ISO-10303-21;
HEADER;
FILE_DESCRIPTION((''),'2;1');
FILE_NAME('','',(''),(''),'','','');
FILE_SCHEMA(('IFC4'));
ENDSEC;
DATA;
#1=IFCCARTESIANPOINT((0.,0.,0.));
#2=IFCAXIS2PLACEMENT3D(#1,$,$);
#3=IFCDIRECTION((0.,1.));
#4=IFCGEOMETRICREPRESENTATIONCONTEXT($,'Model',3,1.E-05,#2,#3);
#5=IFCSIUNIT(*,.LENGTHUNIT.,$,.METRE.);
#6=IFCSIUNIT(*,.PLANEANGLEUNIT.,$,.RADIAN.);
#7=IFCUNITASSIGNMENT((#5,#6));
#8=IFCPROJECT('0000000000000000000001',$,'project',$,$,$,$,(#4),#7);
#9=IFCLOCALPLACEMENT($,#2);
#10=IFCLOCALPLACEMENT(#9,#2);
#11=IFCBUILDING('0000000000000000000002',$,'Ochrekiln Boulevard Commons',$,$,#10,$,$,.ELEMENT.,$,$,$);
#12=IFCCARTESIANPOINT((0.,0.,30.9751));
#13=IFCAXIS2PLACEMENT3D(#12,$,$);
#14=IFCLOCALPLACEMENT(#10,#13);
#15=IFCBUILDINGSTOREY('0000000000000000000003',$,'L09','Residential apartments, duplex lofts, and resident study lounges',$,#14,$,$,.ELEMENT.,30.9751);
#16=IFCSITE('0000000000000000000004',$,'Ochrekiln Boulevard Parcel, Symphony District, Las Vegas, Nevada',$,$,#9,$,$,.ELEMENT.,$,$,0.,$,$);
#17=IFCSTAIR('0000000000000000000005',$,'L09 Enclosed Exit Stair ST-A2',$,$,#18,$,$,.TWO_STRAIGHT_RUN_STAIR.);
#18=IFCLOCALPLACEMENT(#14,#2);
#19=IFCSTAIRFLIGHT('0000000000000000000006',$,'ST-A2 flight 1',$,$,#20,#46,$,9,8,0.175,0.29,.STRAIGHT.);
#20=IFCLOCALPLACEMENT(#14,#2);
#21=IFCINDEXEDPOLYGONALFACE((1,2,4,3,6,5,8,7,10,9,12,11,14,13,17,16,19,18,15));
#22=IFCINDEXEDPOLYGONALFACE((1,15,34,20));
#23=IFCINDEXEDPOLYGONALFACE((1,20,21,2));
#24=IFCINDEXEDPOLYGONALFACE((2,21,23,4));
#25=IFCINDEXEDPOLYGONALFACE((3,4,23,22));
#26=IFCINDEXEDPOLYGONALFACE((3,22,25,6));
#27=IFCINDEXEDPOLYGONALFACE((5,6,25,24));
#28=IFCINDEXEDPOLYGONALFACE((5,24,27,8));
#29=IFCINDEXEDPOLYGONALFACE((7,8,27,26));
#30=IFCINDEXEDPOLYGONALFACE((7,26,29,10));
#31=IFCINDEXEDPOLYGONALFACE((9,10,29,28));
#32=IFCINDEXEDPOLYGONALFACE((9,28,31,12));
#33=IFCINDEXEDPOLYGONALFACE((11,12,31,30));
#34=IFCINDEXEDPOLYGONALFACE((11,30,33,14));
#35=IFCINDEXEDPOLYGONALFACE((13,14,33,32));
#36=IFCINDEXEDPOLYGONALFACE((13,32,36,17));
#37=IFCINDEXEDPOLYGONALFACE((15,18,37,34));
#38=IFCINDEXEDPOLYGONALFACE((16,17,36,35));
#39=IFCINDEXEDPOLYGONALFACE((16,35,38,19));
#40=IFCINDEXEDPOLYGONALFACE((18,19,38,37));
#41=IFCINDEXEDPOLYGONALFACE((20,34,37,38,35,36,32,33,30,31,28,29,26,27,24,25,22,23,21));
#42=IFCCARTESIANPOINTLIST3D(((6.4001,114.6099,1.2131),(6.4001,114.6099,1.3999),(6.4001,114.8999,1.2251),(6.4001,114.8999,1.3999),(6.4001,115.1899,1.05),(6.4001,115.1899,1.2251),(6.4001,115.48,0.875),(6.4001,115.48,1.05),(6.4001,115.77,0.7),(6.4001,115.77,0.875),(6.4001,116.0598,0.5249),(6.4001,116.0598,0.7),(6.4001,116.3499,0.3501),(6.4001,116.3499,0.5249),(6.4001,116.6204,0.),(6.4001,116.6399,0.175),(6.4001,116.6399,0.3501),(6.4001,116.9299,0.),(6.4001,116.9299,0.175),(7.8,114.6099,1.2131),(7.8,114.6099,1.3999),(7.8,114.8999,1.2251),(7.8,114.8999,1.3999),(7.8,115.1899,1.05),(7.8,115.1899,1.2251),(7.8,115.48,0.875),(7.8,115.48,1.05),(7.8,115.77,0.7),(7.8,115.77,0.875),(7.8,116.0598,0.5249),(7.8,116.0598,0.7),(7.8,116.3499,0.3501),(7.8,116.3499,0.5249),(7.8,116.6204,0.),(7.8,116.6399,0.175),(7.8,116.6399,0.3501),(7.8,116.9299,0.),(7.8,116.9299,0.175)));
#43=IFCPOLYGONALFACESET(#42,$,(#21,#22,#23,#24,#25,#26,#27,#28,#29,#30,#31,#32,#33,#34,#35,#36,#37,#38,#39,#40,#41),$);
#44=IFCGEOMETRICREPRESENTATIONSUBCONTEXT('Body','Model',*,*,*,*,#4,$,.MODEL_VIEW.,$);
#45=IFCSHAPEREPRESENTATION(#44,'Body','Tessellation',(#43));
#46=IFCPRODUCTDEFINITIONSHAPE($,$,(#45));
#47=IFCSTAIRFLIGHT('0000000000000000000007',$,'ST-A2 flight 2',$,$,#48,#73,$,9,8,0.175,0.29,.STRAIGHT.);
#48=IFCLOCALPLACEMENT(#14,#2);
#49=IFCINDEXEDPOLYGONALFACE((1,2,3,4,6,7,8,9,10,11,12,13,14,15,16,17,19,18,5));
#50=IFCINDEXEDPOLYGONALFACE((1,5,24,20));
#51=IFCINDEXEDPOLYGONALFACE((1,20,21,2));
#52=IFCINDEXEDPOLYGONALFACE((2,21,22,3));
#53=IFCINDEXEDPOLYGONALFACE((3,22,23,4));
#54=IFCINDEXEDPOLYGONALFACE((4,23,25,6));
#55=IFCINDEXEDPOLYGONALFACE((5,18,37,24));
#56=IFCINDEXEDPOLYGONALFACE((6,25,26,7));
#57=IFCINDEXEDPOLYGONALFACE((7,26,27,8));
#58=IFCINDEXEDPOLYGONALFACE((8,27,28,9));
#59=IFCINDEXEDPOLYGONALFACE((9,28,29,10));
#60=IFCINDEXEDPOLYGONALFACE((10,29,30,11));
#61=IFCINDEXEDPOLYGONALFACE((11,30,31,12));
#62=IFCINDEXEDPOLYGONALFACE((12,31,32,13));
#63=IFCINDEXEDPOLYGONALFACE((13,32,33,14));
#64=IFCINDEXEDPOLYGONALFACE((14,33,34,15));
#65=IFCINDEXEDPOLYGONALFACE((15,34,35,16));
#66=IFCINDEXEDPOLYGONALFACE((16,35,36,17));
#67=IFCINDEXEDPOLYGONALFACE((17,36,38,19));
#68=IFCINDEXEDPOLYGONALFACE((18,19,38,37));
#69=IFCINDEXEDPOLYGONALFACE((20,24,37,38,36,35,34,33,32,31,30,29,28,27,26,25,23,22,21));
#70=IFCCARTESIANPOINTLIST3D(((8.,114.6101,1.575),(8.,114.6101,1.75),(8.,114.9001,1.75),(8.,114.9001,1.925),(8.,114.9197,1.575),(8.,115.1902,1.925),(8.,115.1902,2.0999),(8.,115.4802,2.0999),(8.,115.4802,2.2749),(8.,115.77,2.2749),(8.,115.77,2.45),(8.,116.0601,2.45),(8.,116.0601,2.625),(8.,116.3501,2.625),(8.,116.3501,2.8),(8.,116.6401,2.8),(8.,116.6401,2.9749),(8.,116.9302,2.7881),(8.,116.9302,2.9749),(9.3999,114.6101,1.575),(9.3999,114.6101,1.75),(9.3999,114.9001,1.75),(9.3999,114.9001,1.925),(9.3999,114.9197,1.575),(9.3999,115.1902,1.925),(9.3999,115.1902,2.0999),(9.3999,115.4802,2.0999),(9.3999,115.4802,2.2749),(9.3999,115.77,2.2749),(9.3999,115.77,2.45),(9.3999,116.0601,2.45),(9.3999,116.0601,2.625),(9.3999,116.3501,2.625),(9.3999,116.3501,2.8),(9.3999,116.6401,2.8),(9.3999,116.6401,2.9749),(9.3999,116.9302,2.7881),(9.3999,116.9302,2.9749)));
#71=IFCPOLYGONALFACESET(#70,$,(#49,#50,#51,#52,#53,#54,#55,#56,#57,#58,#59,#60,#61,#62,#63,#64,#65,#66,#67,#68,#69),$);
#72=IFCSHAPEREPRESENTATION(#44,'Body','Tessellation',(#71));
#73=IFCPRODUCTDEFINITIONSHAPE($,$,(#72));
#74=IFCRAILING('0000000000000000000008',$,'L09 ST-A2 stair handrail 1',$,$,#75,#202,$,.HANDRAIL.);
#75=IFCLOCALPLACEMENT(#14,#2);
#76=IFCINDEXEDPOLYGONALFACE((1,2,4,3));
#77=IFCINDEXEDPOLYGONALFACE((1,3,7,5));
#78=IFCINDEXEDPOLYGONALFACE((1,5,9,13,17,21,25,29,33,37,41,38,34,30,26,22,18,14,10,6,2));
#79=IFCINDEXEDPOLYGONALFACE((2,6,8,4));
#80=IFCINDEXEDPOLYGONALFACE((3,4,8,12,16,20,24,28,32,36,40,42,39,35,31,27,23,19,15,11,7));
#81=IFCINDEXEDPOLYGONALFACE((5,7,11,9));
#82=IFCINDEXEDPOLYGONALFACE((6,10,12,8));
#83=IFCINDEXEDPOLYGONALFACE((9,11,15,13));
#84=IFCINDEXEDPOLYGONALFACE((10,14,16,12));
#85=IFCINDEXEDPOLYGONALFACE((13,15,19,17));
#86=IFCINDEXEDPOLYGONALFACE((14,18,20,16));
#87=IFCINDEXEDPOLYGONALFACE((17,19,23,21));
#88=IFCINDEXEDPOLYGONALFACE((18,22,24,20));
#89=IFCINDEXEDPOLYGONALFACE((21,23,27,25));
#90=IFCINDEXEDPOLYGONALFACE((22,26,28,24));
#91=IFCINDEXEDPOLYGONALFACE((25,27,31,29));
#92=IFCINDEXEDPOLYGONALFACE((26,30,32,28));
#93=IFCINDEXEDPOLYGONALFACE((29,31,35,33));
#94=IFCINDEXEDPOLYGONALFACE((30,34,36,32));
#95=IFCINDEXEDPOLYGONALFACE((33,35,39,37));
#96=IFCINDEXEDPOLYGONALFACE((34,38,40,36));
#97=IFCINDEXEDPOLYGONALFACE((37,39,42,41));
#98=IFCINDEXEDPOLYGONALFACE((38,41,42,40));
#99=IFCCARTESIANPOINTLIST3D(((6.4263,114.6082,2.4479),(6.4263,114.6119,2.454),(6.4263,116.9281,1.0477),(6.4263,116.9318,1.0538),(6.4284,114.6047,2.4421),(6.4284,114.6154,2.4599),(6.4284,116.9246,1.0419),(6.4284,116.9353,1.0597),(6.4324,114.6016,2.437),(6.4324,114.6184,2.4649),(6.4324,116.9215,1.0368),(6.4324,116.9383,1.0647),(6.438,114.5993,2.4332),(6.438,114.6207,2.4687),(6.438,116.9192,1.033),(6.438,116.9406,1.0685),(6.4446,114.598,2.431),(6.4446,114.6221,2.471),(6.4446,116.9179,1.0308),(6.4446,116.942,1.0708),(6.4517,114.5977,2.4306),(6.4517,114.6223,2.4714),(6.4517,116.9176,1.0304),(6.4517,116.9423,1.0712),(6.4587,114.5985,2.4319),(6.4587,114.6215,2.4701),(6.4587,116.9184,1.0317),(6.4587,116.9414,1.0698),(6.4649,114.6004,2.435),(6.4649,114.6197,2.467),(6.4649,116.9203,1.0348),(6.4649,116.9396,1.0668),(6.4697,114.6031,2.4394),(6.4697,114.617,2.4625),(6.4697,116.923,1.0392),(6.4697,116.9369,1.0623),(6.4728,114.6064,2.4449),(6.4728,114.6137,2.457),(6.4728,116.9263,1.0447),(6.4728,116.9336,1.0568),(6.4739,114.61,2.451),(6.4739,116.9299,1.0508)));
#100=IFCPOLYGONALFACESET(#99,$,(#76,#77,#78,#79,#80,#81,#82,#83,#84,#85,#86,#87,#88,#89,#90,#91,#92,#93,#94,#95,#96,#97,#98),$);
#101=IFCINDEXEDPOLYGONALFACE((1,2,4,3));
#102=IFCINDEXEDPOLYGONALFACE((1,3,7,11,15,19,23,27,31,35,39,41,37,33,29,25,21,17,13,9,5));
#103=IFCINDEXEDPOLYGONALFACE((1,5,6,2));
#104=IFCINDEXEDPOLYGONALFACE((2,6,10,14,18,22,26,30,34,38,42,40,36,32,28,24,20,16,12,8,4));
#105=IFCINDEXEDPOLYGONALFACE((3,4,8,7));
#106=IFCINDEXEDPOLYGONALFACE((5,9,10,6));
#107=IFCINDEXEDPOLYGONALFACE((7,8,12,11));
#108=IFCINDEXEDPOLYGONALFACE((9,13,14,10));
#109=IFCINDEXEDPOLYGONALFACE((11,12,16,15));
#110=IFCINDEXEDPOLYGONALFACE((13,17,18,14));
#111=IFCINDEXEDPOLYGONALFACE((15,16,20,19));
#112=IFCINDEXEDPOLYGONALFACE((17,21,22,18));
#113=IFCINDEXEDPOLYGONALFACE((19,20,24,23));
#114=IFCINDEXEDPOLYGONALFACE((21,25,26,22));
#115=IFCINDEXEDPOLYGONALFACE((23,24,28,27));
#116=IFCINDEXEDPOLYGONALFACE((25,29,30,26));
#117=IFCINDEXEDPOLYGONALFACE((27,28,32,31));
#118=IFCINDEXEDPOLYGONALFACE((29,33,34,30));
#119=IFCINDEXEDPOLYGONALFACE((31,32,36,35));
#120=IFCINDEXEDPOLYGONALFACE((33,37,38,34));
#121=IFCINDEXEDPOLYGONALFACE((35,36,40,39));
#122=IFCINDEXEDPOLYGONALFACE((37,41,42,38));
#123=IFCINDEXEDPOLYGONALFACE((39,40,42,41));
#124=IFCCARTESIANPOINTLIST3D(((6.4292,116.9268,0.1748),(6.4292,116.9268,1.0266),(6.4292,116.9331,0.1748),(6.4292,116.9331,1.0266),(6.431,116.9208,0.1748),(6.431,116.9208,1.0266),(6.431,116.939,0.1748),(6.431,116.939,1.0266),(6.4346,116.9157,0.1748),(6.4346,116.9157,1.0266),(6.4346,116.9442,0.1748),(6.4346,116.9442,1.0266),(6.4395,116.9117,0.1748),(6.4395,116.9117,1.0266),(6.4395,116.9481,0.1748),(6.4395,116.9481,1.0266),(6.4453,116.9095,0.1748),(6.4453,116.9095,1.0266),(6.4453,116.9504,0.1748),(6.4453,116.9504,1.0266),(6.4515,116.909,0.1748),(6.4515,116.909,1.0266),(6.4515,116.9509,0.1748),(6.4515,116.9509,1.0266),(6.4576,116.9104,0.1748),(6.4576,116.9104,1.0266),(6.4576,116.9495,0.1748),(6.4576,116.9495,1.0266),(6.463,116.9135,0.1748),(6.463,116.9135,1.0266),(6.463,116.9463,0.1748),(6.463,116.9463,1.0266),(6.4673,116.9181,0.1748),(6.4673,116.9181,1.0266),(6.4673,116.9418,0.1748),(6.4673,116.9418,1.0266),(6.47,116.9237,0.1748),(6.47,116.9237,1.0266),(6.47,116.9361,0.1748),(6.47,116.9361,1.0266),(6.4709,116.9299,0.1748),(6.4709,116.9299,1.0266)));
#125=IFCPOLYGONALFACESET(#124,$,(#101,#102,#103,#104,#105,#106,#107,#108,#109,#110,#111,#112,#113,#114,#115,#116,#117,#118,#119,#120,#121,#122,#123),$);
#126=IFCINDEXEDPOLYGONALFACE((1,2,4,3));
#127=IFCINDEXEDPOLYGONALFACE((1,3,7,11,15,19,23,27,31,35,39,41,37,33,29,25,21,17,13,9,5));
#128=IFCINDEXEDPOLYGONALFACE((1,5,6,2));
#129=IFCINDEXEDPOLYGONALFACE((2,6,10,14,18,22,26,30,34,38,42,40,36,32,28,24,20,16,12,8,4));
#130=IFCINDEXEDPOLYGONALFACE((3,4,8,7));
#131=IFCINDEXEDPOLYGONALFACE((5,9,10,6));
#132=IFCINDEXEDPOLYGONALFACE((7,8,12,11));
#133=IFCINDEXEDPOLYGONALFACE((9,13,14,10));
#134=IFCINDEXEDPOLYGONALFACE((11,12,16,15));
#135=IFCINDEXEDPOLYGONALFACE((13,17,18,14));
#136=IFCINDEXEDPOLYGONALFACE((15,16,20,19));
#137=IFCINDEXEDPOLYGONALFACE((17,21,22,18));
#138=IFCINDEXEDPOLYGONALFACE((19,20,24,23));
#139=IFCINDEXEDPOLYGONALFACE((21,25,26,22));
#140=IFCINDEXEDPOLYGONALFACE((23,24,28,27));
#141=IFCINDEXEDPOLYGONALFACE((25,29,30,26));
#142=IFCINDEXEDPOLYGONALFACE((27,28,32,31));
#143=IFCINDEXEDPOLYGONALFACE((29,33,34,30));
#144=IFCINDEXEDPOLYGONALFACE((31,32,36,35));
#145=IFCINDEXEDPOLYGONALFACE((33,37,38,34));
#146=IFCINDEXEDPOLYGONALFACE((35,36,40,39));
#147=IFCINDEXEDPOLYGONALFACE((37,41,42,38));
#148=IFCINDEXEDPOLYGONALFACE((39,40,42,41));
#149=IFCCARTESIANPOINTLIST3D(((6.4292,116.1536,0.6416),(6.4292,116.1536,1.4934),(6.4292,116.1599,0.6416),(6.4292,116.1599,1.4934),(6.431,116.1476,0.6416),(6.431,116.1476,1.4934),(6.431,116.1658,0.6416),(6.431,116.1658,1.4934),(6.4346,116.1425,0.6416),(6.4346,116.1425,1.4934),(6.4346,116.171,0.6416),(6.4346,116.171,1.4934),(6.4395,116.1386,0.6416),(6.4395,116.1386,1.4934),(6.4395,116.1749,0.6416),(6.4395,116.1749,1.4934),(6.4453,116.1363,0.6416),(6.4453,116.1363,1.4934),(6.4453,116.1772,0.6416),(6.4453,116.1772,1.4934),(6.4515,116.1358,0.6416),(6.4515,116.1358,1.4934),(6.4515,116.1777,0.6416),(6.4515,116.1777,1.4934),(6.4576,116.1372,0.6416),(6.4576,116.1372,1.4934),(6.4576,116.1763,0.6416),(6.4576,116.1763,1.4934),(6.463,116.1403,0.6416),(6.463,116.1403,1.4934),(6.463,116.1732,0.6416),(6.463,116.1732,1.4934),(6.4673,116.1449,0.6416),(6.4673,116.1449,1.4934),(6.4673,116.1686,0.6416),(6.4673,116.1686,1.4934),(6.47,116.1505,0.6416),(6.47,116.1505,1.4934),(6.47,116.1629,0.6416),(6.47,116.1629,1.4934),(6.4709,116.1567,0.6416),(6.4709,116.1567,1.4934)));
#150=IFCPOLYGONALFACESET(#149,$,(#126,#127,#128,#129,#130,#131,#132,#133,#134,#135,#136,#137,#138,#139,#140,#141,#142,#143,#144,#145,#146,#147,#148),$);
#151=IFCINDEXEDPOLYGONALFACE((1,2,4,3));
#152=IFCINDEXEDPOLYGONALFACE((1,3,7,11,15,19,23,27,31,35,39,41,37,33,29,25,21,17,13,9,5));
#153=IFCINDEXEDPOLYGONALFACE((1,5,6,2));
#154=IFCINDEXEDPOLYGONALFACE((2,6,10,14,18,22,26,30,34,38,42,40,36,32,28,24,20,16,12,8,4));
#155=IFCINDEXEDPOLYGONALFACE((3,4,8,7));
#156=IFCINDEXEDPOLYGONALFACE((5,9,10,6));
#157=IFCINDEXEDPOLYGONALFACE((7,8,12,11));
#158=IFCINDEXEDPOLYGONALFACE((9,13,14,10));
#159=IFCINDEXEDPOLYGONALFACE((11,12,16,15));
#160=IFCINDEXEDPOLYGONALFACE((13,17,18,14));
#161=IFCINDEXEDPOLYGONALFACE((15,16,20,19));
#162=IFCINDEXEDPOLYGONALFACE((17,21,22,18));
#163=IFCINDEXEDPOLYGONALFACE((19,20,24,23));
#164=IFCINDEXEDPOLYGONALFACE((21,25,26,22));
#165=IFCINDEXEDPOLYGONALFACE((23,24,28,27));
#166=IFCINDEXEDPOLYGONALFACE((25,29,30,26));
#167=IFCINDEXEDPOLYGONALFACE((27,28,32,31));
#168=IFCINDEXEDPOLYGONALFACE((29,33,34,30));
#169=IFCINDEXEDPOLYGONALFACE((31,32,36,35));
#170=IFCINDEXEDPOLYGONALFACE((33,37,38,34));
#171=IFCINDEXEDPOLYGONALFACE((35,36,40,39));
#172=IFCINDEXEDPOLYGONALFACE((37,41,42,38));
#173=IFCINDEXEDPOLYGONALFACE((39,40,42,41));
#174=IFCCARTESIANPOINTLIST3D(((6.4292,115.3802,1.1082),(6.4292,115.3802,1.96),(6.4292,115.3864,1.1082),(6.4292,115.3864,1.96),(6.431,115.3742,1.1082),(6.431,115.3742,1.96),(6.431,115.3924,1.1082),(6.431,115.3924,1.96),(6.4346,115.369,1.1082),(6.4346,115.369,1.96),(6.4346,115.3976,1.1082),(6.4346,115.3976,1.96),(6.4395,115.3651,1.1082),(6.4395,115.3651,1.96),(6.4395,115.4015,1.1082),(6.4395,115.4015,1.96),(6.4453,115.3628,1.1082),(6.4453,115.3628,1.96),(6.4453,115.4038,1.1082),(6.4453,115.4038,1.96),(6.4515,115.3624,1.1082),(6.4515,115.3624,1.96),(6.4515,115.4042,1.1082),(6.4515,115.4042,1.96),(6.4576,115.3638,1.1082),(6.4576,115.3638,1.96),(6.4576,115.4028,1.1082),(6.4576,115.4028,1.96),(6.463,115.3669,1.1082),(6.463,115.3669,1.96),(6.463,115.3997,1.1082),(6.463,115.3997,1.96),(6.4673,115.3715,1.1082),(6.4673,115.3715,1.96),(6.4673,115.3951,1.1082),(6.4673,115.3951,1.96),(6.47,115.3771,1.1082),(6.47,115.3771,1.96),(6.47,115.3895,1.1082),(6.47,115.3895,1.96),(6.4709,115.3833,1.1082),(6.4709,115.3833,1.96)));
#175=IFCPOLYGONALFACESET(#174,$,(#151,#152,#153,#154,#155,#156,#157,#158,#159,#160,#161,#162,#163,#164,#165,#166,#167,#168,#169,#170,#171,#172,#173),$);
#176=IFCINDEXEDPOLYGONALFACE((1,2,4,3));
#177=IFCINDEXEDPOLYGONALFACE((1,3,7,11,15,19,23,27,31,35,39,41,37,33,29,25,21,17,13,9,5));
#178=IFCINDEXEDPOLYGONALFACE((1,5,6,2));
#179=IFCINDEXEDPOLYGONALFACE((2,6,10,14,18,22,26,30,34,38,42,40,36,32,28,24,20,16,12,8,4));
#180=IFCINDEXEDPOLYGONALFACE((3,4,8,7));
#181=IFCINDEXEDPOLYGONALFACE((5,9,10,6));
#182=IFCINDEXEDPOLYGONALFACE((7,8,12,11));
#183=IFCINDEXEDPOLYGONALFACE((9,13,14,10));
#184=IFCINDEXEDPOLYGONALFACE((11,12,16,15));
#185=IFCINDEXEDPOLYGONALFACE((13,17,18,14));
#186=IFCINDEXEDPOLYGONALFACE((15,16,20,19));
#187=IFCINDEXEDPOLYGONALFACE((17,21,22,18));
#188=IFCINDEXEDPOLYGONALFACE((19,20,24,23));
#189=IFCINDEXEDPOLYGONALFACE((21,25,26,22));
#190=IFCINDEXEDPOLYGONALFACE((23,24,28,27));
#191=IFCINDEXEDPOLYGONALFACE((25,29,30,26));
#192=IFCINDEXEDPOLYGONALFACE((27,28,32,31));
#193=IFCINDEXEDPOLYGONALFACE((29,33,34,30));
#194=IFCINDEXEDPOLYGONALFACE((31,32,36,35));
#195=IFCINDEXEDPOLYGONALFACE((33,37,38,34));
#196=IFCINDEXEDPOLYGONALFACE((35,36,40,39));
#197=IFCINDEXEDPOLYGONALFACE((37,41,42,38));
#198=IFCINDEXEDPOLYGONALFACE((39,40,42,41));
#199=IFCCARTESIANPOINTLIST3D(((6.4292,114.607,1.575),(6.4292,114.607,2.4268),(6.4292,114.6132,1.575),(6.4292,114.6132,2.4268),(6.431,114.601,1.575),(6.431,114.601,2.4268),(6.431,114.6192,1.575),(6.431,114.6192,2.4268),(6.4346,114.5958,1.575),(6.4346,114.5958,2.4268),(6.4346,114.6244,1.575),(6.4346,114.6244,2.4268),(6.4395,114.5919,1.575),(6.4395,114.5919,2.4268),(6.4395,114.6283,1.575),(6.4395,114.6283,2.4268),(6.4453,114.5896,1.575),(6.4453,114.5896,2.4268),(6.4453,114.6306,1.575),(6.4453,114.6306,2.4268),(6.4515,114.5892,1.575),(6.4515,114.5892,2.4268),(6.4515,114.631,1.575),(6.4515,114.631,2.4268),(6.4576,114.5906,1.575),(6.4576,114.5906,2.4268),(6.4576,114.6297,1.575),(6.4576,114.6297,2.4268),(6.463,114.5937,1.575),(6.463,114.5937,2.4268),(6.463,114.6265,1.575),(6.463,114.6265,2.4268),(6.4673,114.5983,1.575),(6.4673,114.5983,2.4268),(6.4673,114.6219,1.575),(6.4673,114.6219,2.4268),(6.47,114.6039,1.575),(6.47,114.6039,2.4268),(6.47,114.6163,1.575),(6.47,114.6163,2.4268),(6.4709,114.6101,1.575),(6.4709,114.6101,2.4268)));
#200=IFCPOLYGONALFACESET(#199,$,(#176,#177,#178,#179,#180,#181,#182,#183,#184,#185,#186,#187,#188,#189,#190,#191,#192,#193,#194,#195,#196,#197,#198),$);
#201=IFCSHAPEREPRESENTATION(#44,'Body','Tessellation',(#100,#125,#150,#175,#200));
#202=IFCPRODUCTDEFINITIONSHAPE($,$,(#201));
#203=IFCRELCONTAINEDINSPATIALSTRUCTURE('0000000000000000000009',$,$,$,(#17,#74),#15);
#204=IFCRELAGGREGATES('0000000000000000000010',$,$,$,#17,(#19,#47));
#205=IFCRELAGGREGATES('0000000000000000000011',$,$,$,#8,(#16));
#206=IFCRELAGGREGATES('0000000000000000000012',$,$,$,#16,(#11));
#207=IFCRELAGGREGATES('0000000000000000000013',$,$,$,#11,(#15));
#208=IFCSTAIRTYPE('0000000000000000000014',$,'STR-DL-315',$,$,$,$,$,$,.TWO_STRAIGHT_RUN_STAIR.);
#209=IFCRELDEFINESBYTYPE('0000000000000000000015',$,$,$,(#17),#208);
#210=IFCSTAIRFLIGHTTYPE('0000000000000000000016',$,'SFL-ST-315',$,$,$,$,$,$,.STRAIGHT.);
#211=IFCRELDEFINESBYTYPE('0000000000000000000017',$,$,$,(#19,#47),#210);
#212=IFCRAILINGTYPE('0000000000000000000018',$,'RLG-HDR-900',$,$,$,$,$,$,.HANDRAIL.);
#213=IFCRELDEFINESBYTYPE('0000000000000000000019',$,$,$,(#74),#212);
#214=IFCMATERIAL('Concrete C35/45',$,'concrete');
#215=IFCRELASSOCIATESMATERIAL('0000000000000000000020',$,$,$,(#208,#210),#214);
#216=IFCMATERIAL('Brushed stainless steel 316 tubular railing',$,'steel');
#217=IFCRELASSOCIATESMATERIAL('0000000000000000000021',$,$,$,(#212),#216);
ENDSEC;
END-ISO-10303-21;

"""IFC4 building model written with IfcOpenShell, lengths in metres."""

from ifc_helpers import new_model, si_unit, direction, frame, origin, origin_2d, place, context, subcontext, project, spatial, polyline, circle, outline, extrude, material, type_object, element, aggregate, save


model = new_model("IFC4")

# Units and contexts
model_context = context("Model", 3, precision=1e-05, world=origin(), true_north=direction((0.0, 1.0)))
body_context = subcontext(model_context, "Body", "Model", "MODEL_VIEW")
ifc_project = project(units=[si_unit("LENGTHUNIT", "METRE"), si_unit("PLANEANGLEUNIT", "RADIAN")], contexts=[model_context])

# Site, building, storey
site_placement = place(None, origin())
site = spatial("IfcSite", under=ifc_project, at=site_placement, Name="Ochrekiln Boulevard Parcel, Symphony District, Las Vegas, Nevada", CompositionType="ELEMENT", RefElevation=0.0)
building_placement = place(site_placement, origin())
building = spatial("IfcBuilding", under=site, at=building_placement, Name="Ochrekiln Boulevard Commons", CompositionType="ELEMENT")
storey_placement = place(building_placement, frame((0.0, 0.0, 30.9751)))
storey = spatial("IfcBuildingStorey", under=building, at=storey_placement, Name="L09", Description="Residential apartments, duplex lofts, and resident study lounges", CompositionType="ELEMENT", Elevation=30.9751)

# Shared definitions
ifc_material_1 = material(Name="Concrete C35/45", Category="concrete")

# Stair, stair flights
stair_type = type_object("IfcStairType", Name="STR-DL-315", PredefinedType="TWO_STRAIGHT_RUN_STAIR", material=ifc_material_1)
stair_placement = place(storey_placement, origin())
stair = element("IfcStair", 1, at=stair_placement, inside=storey, type_object=stair_type, Name="L09 Enclosed Exit Stair ST-A2", PredefinedType="TWO_STRAIGHT_RUN_STAIR")
stair_flight_type = type_object("IfcStairFlightType", Name="SFL-ST-315", PredefinedType="STRAIGHT", material=ifc_material_1)
stair_flight_1_placement = place(storey_placement, frame((7.1001, 116.9299, 0.0), z_axis=(0.0, 0.0, 1.0), x_axis=(0.0, -1.0, 0.0)))
stair_flight_1 = element("IfcStairFlight", 2, at=stair_flight_1_placement, type_object=stair_flight_type, Name="ST-A2 flight 1", NumberOfRisers=9, NumberOfTreads=8, PredefinedType="STRAIGHT", RiserHeight=0.175, TreadLength=0.29, context=body_context, shape_type="SweptSolid", body=[
    extrude(outline(polyline([(0.0, 0.0), (0.0, 0.175), (0.29, 0.175), (0.29, 0.3501), (0.5801, 0.3501), (0.5801, 0.5249), (0.8701, 0.5249), (0.8701, 0.7), (1.1599, 0.7), (1.1599, 0.875), (1.45, 0.875), (1.45, 1.05), (1.74, 1.05), (1.74, 1.2251), (2.03, 1.2251), (2.03, 1.3999), (2.3201, 1.3999), (2.3201, 1.575), (2.3201, 1.2131), (0.3096, 0.0), (0.0, 0.0)])), frame((0.0, 0.7, 0.0), z_axis=(0.0, -1.0, 0.0), x_axis=(1.0, 0.0, 0.0)), (0.0, 0.0, 1.0), 1.3999),
])
stair_flight_2_placement = place(storey_placement, frame((8.7, 114.6101, 1.575), z_axis=(0.0, 0.0, 1.0), x_axis=(0.0, 1.0, 0.0)))
stair_flight_2 = element("IfcStairFlight", 3, at=stair_flight_2_placement, type_object=stair_flight_type, Name="ST-A2 flight 2", NumberOfRisers=9, NumberOfTreads=8, PredefinedType="STRAIGHT", RiserHeight=0.175, TreadLength=0.29, context=body_context, shape_type="SweptSolid", body=[
    extrude(outline(polyline([(0.0, 0.0), (0.0, 0.175), (0.29, 0.175), (0.29, 0.3501), (0.5801, 0.3501), (0.5801, 0.5249), (0.8701, 0.5249), (0.8701, 0.7), (1.1599, 0.7), (1.1599, 0.875), (1.45, 0.875), (1.45, 1.05), (1.74, 1.05), (1.74, 1.2251), (2.03, 1.2251), (2.03, 1.3999), (2.3201, 1.3999), (2.3201, 1.575), (2.3201, 1.2131), (0.3096, 0.0), (0.0, 0.0)])), frame((0.0, 0.7, 0.0), z_axis=(0.0, -1.0, 0.0), x_axis=(1.0, 0.0, 0.0)), (0.0, 0.0, 1.0), 1.3999),
])
aggregate(stair, [stair_flight_1, stair_flight_2])

# Railing
ifc_material_2 = material(Name="Brushed stainless steel 316 tubular railing", Category="steel")
railing_type_1 = type_object("IfcRailingType", Name="RLG-HDR-900", PredefinedType="HANDRAIL", material=ifc_material_2)
railing_1_placement = place(storey_placement, frame((6.45, 116.9299, 0.1748)))
element("IfcRailing", 4, at=railing_1_placement, inside=storey, type_object=railing_type_1, Name="L09 ST-A2 stair handrail 1", PredefinedType="HANDRAIL", context=body_context, shape_type="SweptSolid", body=[
    extrude(circle(Radius=0.0239, at=origin_2d()), frame((0.0, 0.0, 0.876), z_axis=(0.0, -0.856146, 0.516733), x_axis=(1.0, 0.0, 0.0)), (0.0, 0.0, 1.0), 2.7097),
    extrude(circle(Radius=0.021, at=origin_2d()), origin(), (0.0, 0.0, 1.0), 0.8518),
    extrude(circle(Radius=0.021, at=origin_2d()), frame((0.0, -0.7732, 0.4668)), (0.0, 0.0, 1.0), 0.8518),
    extrude(circle(Radius=0.021, at=origin_2d()), frame((0.0, -1.5466, 0.9333)), (0.0, 0.0, 1.0), 0.8518),
    extrude(circle(Radius=0.021, at=origin_2d()), frame((0.0, -2.3198, 1.4001)), (0.0, 0.0, 1.0), 0.8518),
])

save(model, "model.ifc")
